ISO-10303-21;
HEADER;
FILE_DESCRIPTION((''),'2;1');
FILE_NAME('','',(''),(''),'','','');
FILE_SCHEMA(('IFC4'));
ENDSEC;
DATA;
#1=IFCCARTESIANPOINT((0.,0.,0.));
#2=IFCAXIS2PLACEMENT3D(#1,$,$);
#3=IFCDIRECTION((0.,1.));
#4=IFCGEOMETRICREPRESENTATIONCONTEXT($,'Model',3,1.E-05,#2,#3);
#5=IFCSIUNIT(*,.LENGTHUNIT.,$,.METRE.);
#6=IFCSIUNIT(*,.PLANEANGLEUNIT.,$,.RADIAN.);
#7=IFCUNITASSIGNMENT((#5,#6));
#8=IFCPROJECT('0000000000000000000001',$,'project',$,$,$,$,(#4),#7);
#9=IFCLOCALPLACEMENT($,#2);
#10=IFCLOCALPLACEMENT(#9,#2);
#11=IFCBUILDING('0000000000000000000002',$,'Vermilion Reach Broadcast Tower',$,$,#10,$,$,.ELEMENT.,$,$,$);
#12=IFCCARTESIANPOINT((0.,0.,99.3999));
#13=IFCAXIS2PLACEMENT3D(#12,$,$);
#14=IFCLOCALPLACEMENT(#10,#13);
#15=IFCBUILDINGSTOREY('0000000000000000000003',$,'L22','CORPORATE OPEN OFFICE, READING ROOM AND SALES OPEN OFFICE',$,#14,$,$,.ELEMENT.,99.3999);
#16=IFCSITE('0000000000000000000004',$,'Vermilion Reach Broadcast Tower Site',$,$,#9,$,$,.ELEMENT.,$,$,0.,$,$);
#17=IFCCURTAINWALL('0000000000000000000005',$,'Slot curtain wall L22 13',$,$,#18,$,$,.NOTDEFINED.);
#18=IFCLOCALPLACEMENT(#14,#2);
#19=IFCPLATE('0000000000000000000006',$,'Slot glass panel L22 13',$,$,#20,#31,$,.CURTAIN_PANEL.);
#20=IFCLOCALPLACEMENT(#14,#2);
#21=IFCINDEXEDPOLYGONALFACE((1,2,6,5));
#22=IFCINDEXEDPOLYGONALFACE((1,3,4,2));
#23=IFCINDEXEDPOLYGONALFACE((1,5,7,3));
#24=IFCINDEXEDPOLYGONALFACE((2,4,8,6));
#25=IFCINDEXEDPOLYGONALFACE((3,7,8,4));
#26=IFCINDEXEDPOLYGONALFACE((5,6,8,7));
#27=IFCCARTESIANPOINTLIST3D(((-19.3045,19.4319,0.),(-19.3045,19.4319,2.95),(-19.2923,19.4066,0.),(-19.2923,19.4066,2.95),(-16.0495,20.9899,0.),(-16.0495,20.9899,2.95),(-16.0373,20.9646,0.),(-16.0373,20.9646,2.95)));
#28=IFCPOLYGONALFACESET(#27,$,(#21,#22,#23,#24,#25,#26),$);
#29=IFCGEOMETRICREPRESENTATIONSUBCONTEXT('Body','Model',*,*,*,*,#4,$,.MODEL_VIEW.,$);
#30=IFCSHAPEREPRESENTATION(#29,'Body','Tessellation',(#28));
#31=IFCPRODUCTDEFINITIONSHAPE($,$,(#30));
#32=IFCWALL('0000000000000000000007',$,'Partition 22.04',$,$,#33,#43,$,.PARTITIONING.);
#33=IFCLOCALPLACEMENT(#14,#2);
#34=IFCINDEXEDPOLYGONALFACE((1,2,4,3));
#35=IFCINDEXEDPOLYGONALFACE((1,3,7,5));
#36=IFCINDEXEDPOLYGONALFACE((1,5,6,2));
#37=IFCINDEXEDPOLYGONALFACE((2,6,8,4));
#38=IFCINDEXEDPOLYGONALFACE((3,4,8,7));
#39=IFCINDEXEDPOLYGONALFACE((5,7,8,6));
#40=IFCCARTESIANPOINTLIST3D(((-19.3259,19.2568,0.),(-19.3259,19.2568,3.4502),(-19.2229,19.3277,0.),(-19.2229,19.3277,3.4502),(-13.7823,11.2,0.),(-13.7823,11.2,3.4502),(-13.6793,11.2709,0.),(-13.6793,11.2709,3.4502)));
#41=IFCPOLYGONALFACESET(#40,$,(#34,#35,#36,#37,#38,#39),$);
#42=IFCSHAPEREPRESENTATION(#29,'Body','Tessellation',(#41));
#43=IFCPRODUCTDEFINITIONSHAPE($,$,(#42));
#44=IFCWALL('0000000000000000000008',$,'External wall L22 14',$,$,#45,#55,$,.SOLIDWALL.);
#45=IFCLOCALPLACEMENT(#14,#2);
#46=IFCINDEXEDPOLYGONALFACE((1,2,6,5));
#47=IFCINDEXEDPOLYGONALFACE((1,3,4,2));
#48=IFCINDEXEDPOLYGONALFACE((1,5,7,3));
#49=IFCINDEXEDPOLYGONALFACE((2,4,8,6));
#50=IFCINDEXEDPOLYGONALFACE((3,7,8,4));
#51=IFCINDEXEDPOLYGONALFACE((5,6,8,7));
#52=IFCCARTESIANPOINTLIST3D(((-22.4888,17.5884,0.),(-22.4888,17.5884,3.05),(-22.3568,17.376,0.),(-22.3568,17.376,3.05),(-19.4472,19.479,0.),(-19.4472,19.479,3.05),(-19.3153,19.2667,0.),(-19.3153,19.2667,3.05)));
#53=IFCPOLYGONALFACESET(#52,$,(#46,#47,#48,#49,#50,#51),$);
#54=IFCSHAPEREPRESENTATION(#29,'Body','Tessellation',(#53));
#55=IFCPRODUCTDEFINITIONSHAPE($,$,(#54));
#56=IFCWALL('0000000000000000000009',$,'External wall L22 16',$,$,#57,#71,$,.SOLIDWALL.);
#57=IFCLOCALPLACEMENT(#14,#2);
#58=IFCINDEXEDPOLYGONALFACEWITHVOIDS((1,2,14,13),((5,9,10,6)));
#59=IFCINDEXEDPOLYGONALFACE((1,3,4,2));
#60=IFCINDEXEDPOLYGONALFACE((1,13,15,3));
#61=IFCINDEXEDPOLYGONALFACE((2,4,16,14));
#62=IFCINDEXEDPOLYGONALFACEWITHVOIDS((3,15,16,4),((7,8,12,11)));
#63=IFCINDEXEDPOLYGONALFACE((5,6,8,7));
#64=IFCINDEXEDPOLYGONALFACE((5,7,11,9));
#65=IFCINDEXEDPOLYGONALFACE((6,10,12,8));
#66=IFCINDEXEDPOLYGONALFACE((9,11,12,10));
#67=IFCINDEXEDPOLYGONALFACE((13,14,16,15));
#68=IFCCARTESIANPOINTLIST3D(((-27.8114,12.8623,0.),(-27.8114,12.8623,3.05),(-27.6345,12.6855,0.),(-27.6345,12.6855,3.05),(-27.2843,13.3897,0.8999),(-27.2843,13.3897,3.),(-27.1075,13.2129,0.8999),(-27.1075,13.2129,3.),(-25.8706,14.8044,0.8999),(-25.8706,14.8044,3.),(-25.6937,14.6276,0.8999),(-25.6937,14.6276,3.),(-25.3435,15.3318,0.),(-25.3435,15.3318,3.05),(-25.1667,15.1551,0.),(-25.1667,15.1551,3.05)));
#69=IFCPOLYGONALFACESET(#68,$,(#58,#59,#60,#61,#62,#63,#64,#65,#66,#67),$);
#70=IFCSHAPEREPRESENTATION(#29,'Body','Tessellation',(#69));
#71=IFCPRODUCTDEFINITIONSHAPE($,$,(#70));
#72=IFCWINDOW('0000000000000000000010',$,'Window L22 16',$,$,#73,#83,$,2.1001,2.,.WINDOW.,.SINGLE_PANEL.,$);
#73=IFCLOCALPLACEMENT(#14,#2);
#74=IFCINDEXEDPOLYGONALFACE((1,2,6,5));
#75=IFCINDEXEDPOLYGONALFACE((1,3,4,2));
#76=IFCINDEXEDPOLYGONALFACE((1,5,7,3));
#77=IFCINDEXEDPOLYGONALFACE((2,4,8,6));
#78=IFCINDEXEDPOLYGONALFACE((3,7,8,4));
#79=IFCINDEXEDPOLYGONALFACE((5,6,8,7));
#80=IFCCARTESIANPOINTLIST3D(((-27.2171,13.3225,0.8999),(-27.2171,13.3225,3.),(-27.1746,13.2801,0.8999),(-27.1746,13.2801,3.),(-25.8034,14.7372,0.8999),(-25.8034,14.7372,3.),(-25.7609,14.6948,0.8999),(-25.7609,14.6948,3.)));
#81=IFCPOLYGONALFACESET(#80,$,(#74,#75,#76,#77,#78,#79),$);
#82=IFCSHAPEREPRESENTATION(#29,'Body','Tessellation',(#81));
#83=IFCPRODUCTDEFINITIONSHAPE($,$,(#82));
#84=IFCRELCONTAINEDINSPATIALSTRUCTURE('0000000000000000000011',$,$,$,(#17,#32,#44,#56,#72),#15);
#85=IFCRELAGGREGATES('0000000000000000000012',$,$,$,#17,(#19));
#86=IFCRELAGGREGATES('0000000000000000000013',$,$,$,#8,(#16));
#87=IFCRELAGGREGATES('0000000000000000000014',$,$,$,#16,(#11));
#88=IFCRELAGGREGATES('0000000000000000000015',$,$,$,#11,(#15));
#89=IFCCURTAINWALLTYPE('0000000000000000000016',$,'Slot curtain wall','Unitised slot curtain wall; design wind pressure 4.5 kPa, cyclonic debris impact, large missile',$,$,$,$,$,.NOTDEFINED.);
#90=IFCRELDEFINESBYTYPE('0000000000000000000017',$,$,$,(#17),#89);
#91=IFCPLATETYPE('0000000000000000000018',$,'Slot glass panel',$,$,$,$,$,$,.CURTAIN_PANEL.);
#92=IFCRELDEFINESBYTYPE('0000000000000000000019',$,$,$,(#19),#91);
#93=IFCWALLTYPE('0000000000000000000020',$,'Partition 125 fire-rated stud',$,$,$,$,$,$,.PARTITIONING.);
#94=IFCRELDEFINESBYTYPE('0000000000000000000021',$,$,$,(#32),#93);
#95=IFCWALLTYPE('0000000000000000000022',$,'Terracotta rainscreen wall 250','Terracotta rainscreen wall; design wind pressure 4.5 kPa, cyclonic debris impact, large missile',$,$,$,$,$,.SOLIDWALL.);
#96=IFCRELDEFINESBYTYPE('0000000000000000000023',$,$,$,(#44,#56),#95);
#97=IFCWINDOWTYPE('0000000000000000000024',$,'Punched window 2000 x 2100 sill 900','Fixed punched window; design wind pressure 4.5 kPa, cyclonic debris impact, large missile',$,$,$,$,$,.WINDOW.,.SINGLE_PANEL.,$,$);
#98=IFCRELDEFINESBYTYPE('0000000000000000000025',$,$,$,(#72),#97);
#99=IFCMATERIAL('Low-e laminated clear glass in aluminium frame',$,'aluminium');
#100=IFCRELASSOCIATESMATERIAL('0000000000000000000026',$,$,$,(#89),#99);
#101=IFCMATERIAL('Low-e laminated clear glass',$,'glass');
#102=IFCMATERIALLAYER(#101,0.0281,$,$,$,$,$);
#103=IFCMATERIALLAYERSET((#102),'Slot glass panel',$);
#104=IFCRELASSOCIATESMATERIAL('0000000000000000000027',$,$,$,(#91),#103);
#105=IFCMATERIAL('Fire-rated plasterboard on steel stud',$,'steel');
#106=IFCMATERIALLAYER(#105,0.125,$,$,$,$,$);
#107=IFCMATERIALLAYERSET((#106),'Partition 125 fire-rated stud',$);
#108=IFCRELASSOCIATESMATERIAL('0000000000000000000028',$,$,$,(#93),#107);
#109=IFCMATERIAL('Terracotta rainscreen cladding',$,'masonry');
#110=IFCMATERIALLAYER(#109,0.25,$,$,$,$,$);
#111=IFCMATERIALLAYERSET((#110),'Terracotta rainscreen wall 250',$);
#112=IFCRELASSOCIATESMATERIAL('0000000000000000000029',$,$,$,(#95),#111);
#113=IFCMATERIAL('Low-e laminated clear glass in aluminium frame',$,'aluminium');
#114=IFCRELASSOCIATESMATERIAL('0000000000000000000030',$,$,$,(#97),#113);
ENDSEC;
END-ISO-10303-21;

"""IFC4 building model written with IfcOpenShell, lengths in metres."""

from ifc_helpers import new_model, si_unit, direction, frame, frame_2d, origin, origin_2d, place, context, subcontext, project, spatial, rectangle, extrude, material, layer, layer_set, type_object, element, fill, aggregate, save


model = new_model("IFC4")

# Units and contexts
model_context = context("Model", 3, precision=1e-05, world=origin(), true_north=direction((0.0, 1.0)))
body_context = subcontext(model_context, "Body", "Model", "MODEL_VIEW")
ifc_project = project(units=[si_unit("LENGTHUNIT", "METRE"), si_unit("PLANEANGLEUNIT", "RADIAN")], contexts=[model_context])

# Site, building, storey
site_placement = place(None, origin())
site = spatial("IfcSite", under=ifc_project, at=site_placement, Name="Vermilion Reach Broadcast Tower Site", CompositionType="ELEMENT", RefElevation=0.0)
building_placement = place(site_placement, origin())
building = spatial("IfcBuilding", under=site, at=building_placement, Name="Vermilion Reach Broadcast Tower", CompositionType="ELEMENT")
storey_placement = place(building_placement, frame((0.0, 0.0, 99.3999)))
storey = spatial("IfcBuildingStorey", under=building, at=storey_placement, Name="L22", Description="CORPORATE OPEN OFFICE, READING ROOM AND SALES OPEN OFFICE", CompositionType="ELEMENT", Elevation=99.3999)

# Curtain wall, plate
ifc_material_1 = material(Name="Low-e laminated clear glass in aluminium frame", Category="aluminium")
curtain_wall_type = type_object("IfcCurtainWallType", Name="Slot curtain wall", Description="Unitised slot curtain wall; design wind pressure 4.5 kPa, cyclonic debris impact, large missile", PredefinedType="NOTDEFINED", material=ifc_material_1)
curtain_wall_placement = place(storey_placement, origin())
curtain_wall = element("IfcCurtainWall", 1, at=curtain_wall_placement, inside=storey, type_object=curtain_wall_type, Name="Slot curtain wall L22 13", PredefinedType="NOTDEFINED")
ifc_material_2 = material(Name="Low-e laminated clear glass", Category="glass")
ifc_layer_1 = layer(ifc_material_2, 0.0281)
ifc_layer_set_1 = layer_set([ifc_layer_1], Name="Slot glass panel")
plate_type = type_object("IfcPlateType", Name="Slot glass panel", PredefinedType="CURTAIN_PANEL", material=ifc_layer_set_1)
plate_placement = place(storey_placement, frame((-17.6709, 20.1982, 0.0), z_axis=(0.0, 0.0, 1.0), x_axis=(-0.902002, -0.431732, 0.0)))
plate = element("IfcPlate", 2, at=plate_placement, type_object=plate_type, Name="Slot glass panel L22 13", PredefinedType="CURTAIN_PANEL", context=body_context, shape_type="SweptSolid", body=[
    extrude(rectangle(XDim=3.6086, YDim=0.0281, at=origin_2d()), origin(), (0.0, 0.0, 1.0), 2.95),
])
aggregate(curtain_wall, [plate])

# Walls
ifc_material_3 = material(Name="Fire-rated plasterboard on steel stud", Category="steel")
ifc_layer_2 = layer(ifc_material_3, 0.125)
ifc_layer_set_2 = layer_set([ifc_layer_2], Name="Partition 125 fire-rated stud")
wall_type_1 = type_object("IfcWallType", Name="Partition 125 fire-rated stud", PredefinedType="PARTITIONING", material=ifc_layer_set_2)
wall_1_placement = place(storey_placement, frame((-19.2744, 19.2922, 0.0), z_axis=(0.0, 0.0, 1.0), x_axis=(0.566848, -0.823823, 0.0)))
element("IfcWall", 3, at=wall_1_placement, inside=storey, type_object=wall_type_1, Name="Partition 22.04", PredefinedType="PARTITIONING", context=body_context, shape_type="SweptSolid", body=[
    extrude(rectangle(XDim=9.7798, YDim=0.125, at=frame_2d((4.8899, 0.0))), origin(), (0.0, 0.0, 1.0), 3.4502),
])
ifc_material_4 = material(Name="Terracotta rainscreen cladding", Category="masonry")
ifc_layer_3 = layer(ifc_material_4, 0.25)
ifc_layer_set_3 = layer_set([ifc_layer_3], Name="Terracotta rainscreen wall 250")
wall_type_2 = type_object("IfcWallType", Name="Terracotta rainscreen wall 250", Description="Terracotta rainscreen wall; design wind pressure 4.5 kPa, cyclonic debris impact, large missile", PredefinedType="SOLIDWALL", material=ifc_layer_set_3)
wall_2_placement = place(storey_placement, frame((-19.3813, 19.3728, 0.0), z_axis=(0.0, 0.0, 1.0), x_axis=(-0.84929, -0.527926, 0.0)))
element("IfcWall", 4, at=wall_2_placement, inside=storey, type_object=wall_type_2, Name="External wall L22 14", PredefinedType="SOLIDWALL", context=body_context, shape_type="SweptSolid", body=[
    extrude(rectangle(XDim=3.5813, YDim=0.25, at=frame_2d((1.7905, 0.0))), origin(), (0.0, 0.0, 1.0), 3.05),
])

# Wall, opening, window
wall_3_placement = place(storey_placement, frame((-25.2551, 15.2434, 0.0), z_axis=(0.0, 0.0, 1.0), x_axis=(-0.706862, -0.707351, 0.0)))
wall_3 = element("IfcWall", 5, at=wall_3_placement, inside=storey, type_object=wall_type_2, Name="External wall L22 16", PredefinedType="SOLIDWALL", context=body_context, shape_type="SweptSolid", body=[
    extrude(rectangle(XDim=3.4912, YDim=0.25, at=frame_2d((1.7456, 0.0))), origin(), (0.0, 0.0, 1.0), 3.05),
])
opening_1_placement = place(wall_3_placement, frame((0.7456, 0.0, 0.8999)))
opening_1 = element("IfcOpeningElement", 6, at=opening_1_placement, cuts=wall_3, PredefinedType="OPENING", context=body_context, shape_type="SweptSolid", body=[
    extrude(rectangle(XDim=2.0, YDim=2.1001, at=frame_2d((1.0, 1.05))), frame((0.0, 0.135, 0.0), z_axis=(0.0, -1.0, 0.0), x_axis=(1.0, 0.0, 0.0)), (0.0, 0.0, 1.0), 0.27),
])
ifc_material_5 = material(Name="Low-e laminated clear glass in aluminium frame", Category="aluminium")
window_type = type_object("IfcWindowType", Name="Punched window 2000 x 2100 sill 900", Description="Fixed punched window; design wind pressure 4.5 kPa, cyclonic debris impact, large missile", PartitioningType="SINGLE_PANEL", PredefinedType="WINDOW", material=ifc_material_5)
window_placement = place(opening_1_placement, origin())
window = element("IfcWindow", 7, at=window_placement, inside=storey, type_object=window_type, Name="Window L22 16", OverallHeight=2.1001, OverallWidth=2.0, PartitioningType="SINGLE_PANEL", PredefinedType="WINDOW", context=body_context, shape_type="SweptSolid", body=[
    extrude(rectangle(XDim=2.0, YDim=2.1001, at=frame_2d((1.0, 1.05))), frame((0.0, 0.03, 0.0), z_axis=(0.0, -1.0, 0.0), x_axis=(1.0, 0.0, 0.0)), (0.0, 0.0, 1.0), 0.0601),
])
fill(opening_1, window)

save(model, "model.ifc")
